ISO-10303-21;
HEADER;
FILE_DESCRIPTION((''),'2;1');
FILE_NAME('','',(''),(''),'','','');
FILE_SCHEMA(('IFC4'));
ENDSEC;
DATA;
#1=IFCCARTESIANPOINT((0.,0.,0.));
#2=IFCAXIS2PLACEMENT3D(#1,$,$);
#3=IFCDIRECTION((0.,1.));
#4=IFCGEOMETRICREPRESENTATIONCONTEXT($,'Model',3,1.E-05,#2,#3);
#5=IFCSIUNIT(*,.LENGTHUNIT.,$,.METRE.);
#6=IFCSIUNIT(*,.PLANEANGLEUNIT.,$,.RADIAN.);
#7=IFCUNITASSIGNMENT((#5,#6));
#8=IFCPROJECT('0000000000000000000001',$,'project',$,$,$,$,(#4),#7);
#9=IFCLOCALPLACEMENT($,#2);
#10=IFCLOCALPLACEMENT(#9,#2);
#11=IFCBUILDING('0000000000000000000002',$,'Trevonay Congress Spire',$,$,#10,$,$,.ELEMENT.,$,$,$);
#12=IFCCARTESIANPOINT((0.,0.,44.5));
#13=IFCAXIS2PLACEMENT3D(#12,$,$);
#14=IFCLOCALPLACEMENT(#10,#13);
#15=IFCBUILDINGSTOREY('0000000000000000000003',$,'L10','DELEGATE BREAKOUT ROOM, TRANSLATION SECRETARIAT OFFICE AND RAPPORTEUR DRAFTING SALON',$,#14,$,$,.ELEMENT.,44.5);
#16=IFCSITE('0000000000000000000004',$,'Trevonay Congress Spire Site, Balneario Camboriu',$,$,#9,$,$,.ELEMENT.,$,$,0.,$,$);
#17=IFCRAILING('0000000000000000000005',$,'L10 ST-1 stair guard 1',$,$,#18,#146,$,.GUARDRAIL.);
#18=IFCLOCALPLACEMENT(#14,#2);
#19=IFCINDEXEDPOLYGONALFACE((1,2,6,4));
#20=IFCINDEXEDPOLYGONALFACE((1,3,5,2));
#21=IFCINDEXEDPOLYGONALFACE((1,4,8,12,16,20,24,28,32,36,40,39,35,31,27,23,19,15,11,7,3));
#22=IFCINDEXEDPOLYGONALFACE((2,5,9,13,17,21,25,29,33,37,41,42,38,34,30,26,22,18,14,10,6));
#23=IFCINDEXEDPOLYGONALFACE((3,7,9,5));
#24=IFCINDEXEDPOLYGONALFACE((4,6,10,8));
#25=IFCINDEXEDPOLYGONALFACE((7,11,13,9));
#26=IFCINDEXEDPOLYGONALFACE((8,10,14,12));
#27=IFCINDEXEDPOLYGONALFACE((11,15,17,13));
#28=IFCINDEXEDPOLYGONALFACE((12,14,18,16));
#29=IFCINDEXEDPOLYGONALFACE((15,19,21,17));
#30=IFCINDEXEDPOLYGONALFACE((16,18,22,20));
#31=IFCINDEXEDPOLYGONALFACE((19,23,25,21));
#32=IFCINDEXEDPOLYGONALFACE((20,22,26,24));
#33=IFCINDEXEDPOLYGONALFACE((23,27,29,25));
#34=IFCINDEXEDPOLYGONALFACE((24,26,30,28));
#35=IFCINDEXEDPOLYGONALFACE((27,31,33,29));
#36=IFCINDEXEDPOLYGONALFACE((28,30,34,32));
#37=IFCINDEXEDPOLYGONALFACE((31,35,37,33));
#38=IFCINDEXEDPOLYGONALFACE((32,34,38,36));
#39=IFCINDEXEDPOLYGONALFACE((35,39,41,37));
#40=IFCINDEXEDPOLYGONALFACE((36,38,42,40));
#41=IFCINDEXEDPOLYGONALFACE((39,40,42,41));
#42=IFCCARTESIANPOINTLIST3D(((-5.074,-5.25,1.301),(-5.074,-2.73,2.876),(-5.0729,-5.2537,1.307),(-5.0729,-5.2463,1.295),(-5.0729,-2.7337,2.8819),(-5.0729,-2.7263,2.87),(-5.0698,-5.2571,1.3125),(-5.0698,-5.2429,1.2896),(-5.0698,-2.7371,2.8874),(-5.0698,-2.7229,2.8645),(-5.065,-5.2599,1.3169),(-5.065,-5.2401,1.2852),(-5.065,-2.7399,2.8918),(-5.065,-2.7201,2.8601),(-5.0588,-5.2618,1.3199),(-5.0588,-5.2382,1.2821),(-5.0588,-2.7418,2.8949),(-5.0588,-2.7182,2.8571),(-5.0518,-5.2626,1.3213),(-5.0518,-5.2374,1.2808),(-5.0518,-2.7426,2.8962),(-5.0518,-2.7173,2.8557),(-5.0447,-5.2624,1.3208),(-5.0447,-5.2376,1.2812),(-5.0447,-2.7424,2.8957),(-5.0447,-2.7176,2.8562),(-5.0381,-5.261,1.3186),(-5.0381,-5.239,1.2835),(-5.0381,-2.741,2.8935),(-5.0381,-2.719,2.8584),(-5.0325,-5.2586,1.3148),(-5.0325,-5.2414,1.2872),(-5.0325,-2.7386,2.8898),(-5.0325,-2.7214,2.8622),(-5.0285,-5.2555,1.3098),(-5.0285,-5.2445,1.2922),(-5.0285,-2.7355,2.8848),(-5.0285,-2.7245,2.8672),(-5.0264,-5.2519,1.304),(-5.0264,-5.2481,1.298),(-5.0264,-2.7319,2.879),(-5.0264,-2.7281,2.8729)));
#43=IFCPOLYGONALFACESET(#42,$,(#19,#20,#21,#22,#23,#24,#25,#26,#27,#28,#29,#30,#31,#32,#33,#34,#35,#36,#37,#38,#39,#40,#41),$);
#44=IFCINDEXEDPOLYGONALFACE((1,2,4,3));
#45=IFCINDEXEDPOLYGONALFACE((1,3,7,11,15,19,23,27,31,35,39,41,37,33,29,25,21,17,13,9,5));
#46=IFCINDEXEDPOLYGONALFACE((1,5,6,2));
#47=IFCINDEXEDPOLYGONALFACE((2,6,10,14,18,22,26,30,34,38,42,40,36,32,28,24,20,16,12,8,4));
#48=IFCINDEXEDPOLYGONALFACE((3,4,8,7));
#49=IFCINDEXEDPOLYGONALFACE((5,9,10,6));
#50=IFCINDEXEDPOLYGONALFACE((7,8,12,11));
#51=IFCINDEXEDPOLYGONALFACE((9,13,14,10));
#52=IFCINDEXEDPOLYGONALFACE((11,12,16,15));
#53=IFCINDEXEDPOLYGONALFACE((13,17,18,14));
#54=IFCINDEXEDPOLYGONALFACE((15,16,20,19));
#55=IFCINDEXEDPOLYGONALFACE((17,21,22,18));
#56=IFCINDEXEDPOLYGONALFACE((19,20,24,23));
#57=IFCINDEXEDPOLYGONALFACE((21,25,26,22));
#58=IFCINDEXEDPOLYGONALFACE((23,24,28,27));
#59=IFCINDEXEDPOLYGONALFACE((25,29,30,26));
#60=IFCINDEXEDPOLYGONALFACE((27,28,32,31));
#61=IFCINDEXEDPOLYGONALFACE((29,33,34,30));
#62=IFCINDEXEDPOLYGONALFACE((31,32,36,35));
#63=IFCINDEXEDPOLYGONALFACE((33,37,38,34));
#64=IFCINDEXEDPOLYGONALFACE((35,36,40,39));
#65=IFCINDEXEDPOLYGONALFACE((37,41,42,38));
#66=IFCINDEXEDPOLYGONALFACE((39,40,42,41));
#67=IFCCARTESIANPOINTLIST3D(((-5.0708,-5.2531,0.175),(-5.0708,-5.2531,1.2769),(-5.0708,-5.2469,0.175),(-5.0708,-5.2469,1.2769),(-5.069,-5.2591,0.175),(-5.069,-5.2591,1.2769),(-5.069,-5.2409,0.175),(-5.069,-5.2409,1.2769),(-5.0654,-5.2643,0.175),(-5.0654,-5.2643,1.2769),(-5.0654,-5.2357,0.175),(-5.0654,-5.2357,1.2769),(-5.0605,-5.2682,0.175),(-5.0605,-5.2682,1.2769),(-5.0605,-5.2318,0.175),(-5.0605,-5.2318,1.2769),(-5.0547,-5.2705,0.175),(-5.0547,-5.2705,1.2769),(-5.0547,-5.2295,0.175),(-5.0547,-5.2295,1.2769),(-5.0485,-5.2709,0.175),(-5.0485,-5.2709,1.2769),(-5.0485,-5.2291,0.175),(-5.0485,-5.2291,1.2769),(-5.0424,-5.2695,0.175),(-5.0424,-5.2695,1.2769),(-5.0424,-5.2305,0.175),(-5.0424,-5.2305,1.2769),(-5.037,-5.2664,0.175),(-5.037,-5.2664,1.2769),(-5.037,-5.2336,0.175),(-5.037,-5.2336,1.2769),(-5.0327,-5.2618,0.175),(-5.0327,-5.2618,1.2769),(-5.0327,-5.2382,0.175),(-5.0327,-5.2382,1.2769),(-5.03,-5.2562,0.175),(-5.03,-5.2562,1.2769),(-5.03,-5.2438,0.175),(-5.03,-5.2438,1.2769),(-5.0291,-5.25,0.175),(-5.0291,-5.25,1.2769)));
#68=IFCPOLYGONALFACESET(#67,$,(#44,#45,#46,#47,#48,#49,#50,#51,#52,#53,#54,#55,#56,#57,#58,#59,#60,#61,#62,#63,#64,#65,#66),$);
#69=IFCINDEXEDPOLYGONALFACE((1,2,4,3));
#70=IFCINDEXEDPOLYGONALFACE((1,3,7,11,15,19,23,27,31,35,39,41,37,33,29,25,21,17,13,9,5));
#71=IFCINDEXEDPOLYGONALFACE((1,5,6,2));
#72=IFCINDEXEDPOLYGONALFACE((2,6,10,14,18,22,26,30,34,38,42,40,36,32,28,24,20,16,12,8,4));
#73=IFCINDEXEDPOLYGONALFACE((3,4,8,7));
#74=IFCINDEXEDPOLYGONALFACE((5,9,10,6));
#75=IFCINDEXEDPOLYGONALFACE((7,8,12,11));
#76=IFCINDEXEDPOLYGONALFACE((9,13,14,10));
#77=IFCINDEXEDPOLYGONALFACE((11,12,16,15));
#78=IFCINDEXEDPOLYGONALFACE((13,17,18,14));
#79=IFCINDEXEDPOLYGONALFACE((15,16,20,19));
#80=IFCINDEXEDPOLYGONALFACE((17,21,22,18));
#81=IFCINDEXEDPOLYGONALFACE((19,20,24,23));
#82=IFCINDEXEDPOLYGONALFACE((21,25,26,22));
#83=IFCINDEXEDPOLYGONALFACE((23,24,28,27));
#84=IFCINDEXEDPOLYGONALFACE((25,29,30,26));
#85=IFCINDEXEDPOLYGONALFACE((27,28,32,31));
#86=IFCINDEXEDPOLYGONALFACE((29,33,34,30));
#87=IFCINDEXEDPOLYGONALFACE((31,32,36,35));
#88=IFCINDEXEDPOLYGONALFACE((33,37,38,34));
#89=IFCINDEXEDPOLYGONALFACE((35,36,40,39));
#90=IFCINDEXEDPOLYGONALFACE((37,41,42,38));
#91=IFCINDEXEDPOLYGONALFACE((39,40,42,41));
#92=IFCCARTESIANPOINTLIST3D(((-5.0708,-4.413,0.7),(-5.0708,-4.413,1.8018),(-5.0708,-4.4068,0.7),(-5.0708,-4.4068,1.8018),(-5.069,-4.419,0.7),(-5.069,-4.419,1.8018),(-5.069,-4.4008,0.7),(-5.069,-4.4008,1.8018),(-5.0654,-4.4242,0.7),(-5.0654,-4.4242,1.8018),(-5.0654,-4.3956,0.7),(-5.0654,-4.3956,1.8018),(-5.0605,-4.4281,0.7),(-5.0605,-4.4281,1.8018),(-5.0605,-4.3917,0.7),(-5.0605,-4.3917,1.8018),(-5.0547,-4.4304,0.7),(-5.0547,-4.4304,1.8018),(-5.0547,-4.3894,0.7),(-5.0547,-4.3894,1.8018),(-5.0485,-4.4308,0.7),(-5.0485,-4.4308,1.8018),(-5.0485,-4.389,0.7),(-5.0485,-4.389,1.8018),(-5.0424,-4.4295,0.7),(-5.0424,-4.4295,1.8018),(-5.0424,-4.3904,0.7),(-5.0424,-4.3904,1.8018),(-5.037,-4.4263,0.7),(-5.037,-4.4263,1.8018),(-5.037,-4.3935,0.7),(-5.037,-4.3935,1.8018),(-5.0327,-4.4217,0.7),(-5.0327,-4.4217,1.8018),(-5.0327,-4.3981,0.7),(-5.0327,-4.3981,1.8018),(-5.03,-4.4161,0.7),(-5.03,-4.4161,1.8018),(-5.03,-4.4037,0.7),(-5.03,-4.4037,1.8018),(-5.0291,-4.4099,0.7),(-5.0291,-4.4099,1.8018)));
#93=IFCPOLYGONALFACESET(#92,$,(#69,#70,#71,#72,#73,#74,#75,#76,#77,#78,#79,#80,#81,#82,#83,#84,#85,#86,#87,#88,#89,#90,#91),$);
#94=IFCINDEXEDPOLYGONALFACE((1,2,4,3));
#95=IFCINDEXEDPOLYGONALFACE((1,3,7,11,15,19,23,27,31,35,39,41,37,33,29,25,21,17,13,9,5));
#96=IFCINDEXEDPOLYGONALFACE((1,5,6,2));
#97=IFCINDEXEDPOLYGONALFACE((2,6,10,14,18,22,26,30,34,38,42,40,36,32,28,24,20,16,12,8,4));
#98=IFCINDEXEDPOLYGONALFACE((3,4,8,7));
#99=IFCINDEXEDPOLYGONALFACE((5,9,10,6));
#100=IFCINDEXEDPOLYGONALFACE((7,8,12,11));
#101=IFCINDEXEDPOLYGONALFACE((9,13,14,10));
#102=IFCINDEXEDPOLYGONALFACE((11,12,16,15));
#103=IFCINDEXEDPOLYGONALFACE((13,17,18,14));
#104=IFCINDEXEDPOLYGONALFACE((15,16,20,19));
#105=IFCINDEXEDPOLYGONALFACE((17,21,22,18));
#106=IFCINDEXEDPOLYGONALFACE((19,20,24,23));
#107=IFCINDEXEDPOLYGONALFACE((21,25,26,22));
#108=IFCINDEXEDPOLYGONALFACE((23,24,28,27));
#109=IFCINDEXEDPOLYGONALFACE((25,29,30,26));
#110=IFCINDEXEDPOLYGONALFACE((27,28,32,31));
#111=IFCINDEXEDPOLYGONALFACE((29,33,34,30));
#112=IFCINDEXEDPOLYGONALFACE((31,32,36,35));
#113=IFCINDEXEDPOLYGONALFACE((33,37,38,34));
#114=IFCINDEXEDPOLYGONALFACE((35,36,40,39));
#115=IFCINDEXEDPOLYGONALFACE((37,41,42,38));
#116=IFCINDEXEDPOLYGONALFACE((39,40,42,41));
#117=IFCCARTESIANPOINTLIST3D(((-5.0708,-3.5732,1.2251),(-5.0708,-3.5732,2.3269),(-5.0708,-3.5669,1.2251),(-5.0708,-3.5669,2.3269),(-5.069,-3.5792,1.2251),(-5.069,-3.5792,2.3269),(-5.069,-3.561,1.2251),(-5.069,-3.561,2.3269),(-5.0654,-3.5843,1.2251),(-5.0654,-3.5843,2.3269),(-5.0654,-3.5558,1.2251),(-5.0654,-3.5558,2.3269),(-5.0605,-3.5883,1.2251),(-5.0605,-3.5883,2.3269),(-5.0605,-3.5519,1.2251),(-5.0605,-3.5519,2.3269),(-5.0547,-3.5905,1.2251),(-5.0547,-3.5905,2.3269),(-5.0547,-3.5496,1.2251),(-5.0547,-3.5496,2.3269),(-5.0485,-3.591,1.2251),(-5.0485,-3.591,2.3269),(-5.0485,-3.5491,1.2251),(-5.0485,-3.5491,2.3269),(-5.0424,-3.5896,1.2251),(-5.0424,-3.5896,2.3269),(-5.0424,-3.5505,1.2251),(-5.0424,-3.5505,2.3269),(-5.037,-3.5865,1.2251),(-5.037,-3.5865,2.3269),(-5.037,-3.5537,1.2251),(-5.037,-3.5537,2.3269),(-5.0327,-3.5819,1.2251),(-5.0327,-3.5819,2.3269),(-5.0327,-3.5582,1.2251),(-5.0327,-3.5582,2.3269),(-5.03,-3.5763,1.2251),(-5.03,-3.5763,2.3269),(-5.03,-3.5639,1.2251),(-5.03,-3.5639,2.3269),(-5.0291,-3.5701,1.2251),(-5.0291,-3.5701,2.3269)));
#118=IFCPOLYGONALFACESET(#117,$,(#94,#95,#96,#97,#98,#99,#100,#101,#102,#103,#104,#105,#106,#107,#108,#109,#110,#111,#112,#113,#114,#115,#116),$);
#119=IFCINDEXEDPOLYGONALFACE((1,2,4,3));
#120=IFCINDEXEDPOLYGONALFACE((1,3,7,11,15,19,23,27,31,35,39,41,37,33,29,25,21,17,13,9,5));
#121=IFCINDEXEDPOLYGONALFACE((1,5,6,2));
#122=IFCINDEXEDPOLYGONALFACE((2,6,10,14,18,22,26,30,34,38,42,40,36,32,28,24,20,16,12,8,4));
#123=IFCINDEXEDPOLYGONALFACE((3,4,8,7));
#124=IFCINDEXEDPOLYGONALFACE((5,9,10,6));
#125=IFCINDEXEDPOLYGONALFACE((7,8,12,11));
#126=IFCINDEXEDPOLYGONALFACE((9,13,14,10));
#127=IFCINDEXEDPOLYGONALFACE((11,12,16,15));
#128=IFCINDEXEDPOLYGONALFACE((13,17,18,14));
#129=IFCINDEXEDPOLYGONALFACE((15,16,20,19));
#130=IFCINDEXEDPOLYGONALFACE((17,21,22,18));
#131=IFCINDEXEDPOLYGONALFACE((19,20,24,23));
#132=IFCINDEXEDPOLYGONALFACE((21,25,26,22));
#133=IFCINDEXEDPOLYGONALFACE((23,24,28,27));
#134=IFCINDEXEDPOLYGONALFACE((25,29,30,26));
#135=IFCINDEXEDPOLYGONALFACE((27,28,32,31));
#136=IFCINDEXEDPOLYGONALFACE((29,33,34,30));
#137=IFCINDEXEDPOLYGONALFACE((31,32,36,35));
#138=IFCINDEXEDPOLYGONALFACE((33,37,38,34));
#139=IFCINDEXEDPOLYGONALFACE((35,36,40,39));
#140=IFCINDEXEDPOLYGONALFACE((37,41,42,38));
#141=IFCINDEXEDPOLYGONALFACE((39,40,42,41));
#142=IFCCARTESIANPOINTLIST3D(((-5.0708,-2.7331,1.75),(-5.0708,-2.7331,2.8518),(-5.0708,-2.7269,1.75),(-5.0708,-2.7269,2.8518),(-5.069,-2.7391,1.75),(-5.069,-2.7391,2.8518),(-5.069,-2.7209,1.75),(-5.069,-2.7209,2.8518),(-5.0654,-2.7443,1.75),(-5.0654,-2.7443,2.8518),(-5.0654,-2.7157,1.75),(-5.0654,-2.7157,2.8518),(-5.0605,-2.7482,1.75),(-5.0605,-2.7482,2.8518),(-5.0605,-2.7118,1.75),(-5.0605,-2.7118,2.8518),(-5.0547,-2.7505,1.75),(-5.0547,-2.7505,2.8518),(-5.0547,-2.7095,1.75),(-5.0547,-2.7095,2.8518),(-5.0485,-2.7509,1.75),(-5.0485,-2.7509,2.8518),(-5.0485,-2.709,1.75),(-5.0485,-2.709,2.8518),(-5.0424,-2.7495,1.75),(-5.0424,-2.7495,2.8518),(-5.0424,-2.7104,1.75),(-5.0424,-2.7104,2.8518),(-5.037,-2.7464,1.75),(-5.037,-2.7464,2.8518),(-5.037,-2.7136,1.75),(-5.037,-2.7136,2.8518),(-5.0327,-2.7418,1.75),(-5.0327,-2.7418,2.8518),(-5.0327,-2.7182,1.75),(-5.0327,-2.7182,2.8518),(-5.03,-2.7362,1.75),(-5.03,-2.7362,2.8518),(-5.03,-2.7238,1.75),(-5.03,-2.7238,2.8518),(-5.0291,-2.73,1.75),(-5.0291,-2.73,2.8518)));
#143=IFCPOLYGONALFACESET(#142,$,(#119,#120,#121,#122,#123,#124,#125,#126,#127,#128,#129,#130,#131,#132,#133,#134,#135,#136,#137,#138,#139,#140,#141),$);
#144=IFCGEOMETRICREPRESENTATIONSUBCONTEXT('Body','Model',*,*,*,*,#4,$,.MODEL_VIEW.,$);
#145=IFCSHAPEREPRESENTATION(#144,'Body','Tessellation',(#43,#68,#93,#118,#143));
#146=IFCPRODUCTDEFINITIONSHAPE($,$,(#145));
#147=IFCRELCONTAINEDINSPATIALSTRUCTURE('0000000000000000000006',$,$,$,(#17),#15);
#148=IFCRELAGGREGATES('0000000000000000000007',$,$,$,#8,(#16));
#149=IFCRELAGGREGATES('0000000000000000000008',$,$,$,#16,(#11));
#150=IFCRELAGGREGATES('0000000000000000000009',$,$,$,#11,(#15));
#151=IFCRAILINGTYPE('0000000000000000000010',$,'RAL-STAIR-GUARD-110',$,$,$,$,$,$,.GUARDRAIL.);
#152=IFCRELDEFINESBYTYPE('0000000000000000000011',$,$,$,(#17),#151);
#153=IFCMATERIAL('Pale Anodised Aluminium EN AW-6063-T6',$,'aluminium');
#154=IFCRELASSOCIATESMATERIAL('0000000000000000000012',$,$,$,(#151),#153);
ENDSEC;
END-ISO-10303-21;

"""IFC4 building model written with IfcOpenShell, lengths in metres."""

from ifc_helpers import new_model, si_unit, direction, frame, origin, origin_2d, place, context, subcontext, project, spatial, circle, extrude, material, type_object, element, save


model = new_model("IFC4")

# Units and contexts
model_context = context("Model", 3, precision=1e-05, world=origin(), true_north=direction((0.0, 1.0)))
body_context = subcontext(model_context, "Body", "Model", "MODEL_VIEW")
ifc_project = project(units=[si_unit("LENGTHUNIT", "METRE"), si_unit("PLANEANGLEUNIT", "RADIAN")], contexts=[model_context])

# Site, building, storey
site_placement = place(None, origin())
site = spatial("IfcSite", under=ifc_project, at=site_placement, Name="Trevonay Congress Spire Site, Balneario Camboriu", CompositionType="ELEMENT", RefElevation=0.0)
building_placement = place(site_placement, origin())
building = spatial("IfcBuilding", under=site, at=building_placement, Name="Trevonay Congress Spire", CompositionType="ELEMENT")
storey_placement = place(building_placement, frame((0.0, 0.0, 44.5)))
storey = spatial("IfcBuildingStorey", under=building, at=storey_placement, Name="L10", Description="DELEGATE BREAKOUT ROOM, TRANSLATION SECRETARIAT OFFICE AND RAPPORTEUR DRAFTING SALON", CompositionType="ELEMENT", Elevation=44.5)

# Shared definitions
ifc_material_1 = material(Name="Pale Anodised Aluminium EN AW-6063-T6", Category="aluminium")

# Railing
railing_type_1 = type_object("IfcRailingType", Name="RAL-STAIR-GUARD-110", PredefinedType="GUARDRAIL", material=ifc_material_1)
railing_1_placement = place(storey_placement, frame((-5.05, -5.25, 0.175)))
element("IfcRailing", 1, at=railing_1_placement, inside=storey, type_object=railing_type_1, Name="L10 ST-1 stair guard 1", PredefinedType="GUARDRAIL", context=body_context, shape_type="SweptSolid", body=[
    extrude(circle(Radius=0.0239, at=origin_2d()), frame((0.0, 0.0, 1.126), z_axis=(0.0, 0.848008, 0.529984), x_axis=(-1.0, 0.0, 0.0)), (0.0, 0.0, 1.0), 2.9717),
    extrude(circle(Radius=0.021, at=origin_2d()), origin(), (0.0, 0.0, 1.0), 1.1018),
    extrude(circle(Radius=0.021, at=origin_2d()), frame((0.0, 0.8401, 0.5249)), (0.0, 0.0, 1.0), 1.1018),
    extrude(circle(Radius=0.021, at=origin_2d()), frame((0.0, 1.6799, 1.05)), (0.0, 0.0, 1.0), 1.1018),
    extrude(circle(Radius=0.021, at=origin_2d()), frame((0.0, 2.52, 1.575)), (0.0, 0.0, 1.0), 1.1018),
])

save(model, "model.ifc")
